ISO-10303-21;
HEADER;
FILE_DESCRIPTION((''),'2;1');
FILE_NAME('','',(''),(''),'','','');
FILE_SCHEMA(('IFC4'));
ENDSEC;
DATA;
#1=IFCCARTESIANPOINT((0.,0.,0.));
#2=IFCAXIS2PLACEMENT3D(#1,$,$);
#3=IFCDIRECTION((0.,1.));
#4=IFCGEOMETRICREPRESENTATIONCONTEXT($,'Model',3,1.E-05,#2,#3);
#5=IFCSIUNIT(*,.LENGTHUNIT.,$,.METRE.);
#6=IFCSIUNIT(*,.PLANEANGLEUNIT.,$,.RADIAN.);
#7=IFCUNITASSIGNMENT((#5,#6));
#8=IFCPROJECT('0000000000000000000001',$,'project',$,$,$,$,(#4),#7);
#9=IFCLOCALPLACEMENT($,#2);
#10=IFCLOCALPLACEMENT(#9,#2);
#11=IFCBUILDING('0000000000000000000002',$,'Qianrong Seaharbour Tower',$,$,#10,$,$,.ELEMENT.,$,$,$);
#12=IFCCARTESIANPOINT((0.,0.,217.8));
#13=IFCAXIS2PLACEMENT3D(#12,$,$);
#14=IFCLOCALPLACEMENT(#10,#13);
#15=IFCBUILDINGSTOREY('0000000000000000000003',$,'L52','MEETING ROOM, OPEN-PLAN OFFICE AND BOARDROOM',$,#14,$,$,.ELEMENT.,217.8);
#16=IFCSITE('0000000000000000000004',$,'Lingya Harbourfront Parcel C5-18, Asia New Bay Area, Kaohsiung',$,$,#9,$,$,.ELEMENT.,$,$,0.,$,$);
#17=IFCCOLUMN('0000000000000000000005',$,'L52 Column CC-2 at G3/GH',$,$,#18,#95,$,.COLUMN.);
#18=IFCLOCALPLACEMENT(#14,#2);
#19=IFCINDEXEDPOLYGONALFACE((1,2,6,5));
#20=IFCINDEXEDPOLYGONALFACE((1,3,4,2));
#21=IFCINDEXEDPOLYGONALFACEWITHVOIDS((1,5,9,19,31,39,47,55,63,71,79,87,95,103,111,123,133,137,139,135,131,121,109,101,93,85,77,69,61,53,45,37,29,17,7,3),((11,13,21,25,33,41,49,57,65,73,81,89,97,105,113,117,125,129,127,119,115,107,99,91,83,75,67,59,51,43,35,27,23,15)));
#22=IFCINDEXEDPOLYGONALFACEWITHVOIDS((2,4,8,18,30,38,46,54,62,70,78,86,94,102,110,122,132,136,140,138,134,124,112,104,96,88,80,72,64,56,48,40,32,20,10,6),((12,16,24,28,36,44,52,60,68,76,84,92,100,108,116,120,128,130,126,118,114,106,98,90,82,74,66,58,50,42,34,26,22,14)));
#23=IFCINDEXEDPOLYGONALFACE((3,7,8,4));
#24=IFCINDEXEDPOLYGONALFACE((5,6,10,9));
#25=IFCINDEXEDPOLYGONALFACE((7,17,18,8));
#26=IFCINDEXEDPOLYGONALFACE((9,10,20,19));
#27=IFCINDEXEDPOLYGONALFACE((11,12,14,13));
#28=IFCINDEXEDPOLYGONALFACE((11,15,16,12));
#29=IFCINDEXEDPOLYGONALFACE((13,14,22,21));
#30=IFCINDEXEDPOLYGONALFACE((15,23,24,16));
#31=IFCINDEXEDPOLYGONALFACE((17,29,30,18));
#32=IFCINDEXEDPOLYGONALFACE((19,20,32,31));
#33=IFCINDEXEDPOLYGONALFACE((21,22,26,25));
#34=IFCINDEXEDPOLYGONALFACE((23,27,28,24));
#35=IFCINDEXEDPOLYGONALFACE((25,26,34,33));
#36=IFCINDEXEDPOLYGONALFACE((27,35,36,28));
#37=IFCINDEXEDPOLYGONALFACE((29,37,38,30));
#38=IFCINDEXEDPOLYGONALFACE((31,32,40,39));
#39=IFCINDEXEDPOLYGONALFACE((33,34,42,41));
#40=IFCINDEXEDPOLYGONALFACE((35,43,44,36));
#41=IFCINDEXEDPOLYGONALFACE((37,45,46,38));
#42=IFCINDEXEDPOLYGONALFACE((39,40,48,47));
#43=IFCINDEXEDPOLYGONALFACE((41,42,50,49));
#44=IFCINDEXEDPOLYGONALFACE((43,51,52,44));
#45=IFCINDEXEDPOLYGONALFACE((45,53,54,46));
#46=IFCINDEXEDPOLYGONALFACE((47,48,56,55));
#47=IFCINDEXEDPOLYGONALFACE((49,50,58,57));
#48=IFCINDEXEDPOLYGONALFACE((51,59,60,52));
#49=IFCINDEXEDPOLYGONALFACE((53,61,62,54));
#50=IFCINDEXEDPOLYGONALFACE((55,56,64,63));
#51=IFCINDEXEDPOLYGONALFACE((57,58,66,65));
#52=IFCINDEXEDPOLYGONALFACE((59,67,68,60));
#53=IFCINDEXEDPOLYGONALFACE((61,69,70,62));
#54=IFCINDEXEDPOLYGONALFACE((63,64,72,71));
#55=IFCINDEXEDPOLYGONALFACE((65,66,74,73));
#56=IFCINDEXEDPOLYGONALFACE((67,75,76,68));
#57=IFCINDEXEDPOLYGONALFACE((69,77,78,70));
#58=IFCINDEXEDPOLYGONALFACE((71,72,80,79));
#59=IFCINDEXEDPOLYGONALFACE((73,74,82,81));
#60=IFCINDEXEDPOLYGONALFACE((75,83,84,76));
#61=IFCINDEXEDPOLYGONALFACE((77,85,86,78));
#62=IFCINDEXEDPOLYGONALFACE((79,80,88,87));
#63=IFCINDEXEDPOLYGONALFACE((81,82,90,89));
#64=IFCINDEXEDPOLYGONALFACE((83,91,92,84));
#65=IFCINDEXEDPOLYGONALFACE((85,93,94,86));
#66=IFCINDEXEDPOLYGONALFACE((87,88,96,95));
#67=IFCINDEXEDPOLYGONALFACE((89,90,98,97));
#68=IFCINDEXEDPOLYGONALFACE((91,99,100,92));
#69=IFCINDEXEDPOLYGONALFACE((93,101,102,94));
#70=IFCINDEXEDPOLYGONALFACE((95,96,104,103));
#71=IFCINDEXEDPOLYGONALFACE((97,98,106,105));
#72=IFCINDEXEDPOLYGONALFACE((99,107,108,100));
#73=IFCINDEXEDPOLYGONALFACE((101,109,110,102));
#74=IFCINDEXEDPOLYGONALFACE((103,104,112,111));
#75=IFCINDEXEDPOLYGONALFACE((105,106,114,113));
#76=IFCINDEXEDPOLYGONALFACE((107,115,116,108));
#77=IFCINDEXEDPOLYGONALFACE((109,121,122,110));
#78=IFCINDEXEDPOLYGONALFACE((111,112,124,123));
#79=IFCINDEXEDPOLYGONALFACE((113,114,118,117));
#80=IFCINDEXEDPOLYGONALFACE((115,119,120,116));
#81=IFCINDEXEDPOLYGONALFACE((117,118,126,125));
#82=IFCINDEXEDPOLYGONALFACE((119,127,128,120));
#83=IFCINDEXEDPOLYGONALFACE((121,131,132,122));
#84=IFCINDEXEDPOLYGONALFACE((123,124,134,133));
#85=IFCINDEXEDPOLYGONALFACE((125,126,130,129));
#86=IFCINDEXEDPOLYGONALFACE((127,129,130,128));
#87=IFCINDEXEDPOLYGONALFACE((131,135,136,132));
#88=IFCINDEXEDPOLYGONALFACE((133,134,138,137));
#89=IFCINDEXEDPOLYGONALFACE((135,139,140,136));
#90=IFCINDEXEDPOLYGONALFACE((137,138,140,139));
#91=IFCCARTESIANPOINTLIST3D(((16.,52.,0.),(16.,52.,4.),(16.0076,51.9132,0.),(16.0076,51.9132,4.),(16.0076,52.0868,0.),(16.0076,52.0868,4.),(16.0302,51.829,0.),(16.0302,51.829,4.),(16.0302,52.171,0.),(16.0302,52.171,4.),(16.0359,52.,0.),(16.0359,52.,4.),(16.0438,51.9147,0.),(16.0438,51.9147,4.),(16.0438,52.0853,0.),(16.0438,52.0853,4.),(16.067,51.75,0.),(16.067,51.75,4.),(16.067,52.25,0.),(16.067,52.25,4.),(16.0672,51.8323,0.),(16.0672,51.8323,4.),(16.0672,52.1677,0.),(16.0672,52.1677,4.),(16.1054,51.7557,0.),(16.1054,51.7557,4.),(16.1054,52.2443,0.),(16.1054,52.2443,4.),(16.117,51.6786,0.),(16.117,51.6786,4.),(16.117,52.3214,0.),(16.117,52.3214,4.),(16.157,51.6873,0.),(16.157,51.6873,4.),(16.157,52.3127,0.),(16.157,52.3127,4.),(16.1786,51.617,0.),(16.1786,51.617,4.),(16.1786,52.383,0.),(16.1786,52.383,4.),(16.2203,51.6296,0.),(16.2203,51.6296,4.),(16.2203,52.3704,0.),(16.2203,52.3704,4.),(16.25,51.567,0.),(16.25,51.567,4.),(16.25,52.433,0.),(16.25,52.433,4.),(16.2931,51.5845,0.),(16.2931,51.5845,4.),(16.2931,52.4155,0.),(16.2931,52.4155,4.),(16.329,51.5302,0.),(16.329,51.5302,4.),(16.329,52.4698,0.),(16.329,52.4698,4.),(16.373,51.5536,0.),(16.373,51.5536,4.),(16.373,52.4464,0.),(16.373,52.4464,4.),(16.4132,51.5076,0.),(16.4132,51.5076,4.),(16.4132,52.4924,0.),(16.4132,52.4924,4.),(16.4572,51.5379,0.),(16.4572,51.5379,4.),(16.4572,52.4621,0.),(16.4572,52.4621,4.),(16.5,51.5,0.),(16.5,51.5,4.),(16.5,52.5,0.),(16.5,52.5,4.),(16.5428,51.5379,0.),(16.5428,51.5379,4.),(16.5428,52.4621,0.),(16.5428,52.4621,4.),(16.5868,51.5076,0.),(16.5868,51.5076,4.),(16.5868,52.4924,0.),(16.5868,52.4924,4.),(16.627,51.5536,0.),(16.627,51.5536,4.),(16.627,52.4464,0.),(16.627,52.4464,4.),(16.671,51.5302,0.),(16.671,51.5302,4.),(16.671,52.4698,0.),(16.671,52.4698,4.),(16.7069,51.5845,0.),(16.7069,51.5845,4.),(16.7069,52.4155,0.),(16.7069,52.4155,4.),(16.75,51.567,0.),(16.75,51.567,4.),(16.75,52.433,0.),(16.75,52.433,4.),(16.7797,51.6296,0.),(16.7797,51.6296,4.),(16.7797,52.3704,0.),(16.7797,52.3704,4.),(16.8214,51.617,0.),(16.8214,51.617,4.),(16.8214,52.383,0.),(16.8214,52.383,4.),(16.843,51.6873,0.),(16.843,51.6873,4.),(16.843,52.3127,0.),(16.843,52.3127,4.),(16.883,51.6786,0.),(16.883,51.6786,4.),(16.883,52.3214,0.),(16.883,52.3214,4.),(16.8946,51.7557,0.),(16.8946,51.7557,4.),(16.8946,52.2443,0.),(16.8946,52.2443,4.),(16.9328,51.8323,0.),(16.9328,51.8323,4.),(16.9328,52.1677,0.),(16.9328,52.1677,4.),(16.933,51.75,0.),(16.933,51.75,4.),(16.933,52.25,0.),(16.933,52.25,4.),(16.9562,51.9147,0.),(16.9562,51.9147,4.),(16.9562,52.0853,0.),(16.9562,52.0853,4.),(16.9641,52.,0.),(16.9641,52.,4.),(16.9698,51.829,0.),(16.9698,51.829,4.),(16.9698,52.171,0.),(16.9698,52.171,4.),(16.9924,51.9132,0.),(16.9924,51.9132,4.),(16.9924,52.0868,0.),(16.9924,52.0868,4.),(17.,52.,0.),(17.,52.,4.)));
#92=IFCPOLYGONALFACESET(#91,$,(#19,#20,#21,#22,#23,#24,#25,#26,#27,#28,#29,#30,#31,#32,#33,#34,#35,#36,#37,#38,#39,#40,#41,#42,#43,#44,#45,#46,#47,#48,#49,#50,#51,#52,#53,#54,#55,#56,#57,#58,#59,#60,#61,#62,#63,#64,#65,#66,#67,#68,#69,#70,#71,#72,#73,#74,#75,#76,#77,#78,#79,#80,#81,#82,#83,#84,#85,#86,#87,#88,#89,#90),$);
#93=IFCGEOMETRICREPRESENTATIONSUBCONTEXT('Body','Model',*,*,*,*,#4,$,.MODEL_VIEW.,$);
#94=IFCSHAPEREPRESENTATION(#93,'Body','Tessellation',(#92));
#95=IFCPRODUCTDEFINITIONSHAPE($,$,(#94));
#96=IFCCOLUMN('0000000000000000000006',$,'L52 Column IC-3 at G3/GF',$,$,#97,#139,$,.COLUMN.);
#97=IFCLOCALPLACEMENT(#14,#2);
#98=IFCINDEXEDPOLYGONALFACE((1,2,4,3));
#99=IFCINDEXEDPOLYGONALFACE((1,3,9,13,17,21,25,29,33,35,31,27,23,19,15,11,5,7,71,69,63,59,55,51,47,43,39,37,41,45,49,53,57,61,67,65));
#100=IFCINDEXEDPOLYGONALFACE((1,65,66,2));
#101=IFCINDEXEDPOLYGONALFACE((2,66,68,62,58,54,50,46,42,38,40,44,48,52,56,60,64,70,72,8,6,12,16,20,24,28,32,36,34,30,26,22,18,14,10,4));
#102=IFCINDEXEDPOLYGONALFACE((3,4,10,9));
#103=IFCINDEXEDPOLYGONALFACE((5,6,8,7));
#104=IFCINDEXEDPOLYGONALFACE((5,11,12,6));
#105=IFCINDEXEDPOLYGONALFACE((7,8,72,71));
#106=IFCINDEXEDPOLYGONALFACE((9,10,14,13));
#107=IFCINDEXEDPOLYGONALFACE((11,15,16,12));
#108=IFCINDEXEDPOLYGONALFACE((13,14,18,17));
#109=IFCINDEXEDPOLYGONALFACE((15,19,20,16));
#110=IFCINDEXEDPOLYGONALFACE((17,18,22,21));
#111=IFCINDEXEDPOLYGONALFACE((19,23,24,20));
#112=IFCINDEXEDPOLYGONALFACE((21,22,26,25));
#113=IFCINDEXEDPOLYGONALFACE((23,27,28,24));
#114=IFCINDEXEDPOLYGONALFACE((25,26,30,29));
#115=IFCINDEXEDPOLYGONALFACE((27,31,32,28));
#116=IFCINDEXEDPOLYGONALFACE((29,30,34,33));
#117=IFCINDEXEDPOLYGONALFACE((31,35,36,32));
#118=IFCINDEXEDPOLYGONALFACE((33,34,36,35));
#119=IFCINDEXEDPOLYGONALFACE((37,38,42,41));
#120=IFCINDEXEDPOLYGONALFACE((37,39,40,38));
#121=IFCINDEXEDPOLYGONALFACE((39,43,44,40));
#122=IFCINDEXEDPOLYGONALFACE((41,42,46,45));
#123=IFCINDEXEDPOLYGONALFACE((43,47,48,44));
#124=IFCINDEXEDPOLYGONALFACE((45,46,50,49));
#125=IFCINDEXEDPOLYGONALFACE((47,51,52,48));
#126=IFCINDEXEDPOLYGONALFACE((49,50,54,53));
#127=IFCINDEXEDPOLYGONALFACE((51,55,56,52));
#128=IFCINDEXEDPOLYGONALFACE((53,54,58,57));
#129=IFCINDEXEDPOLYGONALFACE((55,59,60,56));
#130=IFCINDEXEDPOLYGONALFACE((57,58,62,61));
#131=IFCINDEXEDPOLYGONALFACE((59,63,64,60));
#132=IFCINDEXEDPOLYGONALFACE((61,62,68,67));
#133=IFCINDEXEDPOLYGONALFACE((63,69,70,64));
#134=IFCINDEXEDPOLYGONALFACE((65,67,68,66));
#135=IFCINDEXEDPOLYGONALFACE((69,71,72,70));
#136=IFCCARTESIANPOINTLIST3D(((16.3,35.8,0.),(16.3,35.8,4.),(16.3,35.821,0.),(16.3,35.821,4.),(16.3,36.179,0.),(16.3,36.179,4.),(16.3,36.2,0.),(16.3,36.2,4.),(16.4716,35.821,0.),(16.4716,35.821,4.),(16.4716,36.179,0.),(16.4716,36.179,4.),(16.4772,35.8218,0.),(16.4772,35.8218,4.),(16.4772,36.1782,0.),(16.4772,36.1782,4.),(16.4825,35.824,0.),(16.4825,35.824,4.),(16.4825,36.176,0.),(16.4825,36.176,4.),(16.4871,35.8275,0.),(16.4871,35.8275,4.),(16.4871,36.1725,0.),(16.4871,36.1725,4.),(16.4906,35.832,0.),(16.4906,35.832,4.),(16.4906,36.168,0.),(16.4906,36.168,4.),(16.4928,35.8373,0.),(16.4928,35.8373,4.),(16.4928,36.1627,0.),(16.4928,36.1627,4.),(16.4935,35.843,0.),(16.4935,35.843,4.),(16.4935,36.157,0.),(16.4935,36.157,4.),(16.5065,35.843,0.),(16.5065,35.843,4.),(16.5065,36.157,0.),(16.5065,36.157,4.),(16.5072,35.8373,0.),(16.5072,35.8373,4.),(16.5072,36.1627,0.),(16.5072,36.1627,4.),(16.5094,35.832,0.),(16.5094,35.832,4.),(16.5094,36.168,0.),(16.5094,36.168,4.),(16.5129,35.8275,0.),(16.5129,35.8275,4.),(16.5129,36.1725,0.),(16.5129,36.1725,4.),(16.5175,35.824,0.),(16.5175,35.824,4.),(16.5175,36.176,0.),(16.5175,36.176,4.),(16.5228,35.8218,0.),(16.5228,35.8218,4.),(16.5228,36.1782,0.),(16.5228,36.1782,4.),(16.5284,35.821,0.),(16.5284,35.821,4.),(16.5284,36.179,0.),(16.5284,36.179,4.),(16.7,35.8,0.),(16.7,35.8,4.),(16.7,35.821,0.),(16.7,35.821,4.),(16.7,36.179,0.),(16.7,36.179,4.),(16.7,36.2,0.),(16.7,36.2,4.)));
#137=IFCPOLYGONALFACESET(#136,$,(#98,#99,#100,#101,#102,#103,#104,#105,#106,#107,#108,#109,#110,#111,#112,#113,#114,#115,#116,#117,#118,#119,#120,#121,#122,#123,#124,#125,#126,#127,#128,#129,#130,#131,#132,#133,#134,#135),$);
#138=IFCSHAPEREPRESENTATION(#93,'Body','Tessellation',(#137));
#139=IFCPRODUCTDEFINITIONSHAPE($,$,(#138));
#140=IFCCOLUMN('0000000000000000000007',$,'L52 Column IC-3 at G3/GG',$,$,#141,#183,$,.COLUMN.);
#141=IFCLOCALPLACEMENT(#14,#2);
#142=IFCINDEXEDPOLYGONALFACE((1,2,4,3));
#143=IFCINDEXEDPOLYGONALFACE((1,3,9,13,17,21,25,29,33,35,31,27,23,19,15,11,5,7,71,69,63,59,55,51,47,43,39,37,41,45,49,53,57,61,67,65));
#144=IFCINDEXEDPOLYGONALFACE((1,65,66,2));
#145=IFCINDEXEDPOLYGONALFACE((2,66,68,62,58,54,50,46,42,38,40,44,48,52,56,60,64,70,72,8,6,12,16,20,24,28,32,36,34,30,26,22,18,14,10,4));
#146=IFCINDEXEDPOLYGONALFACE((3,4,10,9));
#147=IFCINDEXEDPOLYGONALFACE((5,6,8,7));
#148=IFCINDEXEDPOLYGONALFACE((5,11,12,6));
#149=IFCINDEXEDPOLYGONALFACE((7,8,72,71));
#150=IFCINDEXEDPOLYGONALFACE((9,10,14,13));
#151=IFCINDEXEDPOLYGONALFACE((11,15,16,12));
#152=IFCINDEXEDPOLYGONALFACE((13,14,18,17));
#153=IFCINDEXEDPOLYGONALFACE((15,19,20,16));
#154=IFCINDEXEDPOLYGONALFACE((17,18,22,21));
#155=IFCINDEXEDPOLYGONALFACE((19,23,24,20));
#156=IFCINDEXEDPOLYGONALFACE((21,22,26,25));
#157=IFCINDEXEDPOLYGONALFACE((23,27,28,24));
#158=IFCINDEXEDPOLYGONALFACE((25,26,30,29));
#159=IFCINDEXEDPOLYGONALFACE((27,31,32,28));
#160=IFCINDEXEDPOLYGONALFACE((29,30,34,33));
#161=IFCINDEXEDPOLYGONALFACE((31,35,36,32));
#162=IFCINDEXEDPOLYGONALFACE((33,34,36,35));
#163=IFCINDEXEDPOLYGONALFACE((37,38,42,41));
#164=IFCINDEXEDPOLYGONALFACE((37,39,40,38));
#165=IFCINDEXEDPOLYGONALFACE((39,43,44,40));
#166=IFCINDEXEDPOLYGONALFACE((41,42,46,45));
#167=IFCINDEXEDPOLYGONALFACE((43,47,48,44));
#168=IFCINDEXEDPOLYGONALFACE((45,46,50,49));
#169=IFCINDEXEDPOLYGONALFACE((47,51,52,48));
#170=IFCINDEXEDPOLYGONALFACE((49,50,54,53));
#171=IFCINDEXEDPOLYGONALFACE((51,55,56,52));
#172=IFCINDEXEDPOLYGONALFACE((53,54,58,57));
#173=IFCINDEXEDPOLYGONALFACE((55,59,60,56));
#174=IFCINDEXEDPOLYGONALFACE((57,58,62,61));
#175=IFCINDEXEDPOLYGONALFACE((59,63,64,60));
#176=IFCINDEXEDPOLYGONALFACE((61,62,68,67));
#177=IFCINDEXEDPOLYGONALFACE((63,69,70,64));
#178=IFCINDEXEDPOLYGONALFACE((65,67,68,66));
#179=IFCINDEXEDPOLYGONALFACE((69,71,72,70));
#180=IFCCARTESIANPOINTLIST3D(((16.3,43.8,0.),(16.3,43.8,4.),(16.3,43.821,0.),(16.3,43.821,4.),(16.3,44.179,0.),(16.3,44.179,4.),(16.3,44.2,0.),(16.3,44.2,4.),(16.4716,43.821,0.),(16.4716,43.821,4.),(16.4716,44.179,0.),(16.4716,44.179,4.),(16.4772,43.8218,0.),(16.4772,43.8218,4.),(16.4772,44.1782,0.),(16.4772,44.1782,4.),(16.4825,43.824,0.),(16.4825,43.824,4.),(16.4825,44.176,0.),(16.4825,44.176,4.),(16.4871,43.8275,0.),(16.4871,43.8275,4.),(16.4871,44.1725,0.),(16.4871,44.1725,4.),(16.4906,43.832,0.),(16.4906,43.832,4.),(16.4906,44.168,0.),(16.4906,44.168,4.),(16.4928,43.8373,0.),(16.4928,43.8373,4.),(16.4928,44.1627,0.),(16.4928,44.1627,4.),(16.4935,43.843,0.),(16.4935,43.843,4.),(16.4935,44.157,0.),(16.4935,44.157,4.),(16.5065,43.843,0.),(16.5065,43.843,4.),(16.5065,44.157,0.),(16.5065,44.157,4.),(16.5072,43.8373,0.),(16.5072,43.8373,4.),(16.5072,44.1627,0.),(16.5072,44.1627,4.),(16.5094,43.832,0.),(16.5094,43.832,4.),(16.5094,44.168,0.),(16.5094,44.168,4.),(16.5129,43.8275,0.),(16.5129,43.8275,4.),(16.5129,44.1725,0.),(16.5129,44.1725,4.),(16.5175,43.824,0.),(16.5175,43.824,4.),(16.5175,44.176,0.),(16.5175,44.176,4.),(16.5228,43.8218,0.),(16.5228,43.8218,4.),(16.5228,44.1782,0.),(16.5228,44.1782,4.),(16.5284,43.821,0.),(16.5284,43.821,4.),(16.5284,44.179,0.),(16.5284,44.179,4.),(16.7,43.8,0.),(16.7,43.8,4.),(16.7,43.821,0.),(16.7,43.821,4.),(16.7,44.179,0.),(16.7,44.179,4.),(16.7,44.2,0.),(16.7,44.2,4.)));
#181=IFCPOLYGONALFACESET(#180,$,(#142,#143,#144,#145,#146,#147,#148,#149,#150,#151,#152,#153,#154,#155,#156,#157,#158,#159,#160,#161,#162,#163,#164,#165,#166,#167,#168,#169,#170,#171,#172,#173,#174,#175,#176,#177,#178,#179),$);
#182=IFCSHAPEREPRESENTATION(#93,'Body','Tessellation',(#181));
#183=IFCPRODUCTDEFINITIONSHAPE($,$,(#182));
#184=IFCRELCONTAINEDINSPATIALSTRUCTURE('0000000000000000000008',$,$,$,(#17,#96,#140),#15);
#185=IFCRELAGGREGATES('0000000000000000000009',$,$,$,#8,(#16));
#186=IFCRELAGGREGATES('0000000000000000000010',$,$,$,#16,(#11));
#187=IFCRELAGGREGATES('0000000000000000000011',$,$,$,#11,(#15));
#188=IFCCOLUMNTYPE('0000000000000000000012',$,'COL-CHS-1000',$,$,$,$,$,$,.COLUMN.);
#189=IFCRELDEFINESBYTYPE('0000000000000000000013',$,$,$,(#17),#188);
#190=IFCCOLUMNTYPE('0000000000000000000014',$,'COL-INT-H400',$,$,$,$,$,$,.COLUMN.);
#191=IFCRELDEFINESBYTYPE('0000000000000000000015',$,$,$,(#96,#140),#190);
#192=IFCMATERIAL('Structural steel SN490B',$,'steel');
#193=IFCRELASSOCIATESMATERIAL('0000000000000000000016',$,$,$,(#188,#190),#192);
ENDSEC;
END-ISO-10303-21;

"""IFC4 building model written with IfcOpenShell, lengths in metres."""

from ifc_helpers import new_model, si_unit, direction, frame, origin, origin_2d, place, context, subcontext, project, spatial, hollow_circle, i_section, extrude, material, material_profile, profile_set, type_object, element, save


model = new_model("IFC4")

# Units and contexts
model_context = context("Model", 3, precision=1e-05, world=origin(), true_north=direction((0.0, 1.0)))
body_context = subcontext(model_context, "Body", "Model", "MODEL_VIEW")
ifc_project = project(units=[si_unit("LENGTHUNIT", "METRE"), si_unit("PLANEANGLEUNIT", "RADIAN")], contexts=[model_context])

# Site, building, storey
site_placement = place(None, origin())
site = spatial("IfcSite", under=ifc_project, at=site_placement, Name="Lingya Harbourfront Parcel C5-18, Asia New Bay Area, Kaohsiung", CompositionType="ELEMENT", RefElevation=0.0)
building_placement = place(site_placement, origin())
building = spatial("IfcBuilding", under=site, at=building_placement, Name="Qianrong Seaharbour Tower", CompositionType="ELEMENT")
storey_placement = place(building_placement, frame((0.0, 0.0, 217.8)))
storey = spatial("IfcBuildingStorey", under=building, at=storey_placement, Name="L52", Description="MEETING ROOM, OPEN-PLAN OFFICE AND BOARDROOM", CompositionType="ELEMENT", Elevation=217.8)

# Columns
ifc_material_1 = material(Name="Structural steel SN490B", Category="steel")
ifc_material_profile_1 = material_profile(ifc_material_1, hollow_circle(Radius=0.5, WallThickness=0.0359, at=origin_2d()), Name="CHS1000x36")
ifc_profile_set_1 = profile_set([ifc_material_profile_1], Name="Structural steel SN490B")
column_type_1 = type_object("IfcColumnType", Name="COL-CHS-1000", PredefinedType="COLUMN", material=ifc_profile_set_1)
column_placement = place(storey_placement, frame((16.5, 52.0, 0.0), z_axis=(0.0, 0.0, 1.0), x_axis=(1.0, 0.0, 0.0)))
element("IfcColumn", 1, at=column_placement, inside=storey, type_object=column_type_1, Name="L52 Column CC-2 at G3/GH", PredefinedType="COLUMN", context=body_context, shape_type="SweptSolid", body=[
    extrude(hollow_circle(Radius=0.5, WallThickness=0.0359, at=origin_2d()), origin(), (0.0, 0.0, 1.0), 4.0),
])
ifc_material_profile_2 = material_profile(ifc_material_1, i_section(OverallWidth=0.3999, OverallDepth=0.3999, WebThickness=0.0129, FlangeThickness=0.021, FilletRadius=0.022, at=origin_2d()), Name="H400x400x13x21")
ifc_profile_set_2 = profile_set([ifc_material_profile_2], Name="Structural steel SN490B")
column_type_2 = type_object("IfcColumnType", Name="COL-INT-H400", PredefinedType="COLUMN", material=ifc_profile_set_2)
for number, where, z_axis, x_axis, name in (
    (2, (16.5, 36.0, 0.0), (0.0, 0.0, 1.0), (1.0, 0.0, 0.0), "L52 Column IC-3 at G3/GF"),
    (3, (16.5, 44.0, 0.0), (0.0, 0.0, 1.0), (1.0, 0.0, 0.0), "L52 Column IC-3 at G3/GG"),
):
    element("IfcColumn", number, at=place(storey_placement, frame(where, z_axis=z_axis, x_axis=x_axis)), inside=storey, type_object=column_type_2, Name=name, PredefinedType="COLUMN", context=body_context, shape_type="SweptSolid", body=[
        extrude(i_section(OverallWidth=0.3999, OverallDepth=0.3999, WebThickness=0.0129, FlangeThickness=0.021, FilletRadius=0.022, at=origin_2d()), origin(), (0.0, 0.0, 1.0), 4.0),
    ])

save(model, "model.ifc")
